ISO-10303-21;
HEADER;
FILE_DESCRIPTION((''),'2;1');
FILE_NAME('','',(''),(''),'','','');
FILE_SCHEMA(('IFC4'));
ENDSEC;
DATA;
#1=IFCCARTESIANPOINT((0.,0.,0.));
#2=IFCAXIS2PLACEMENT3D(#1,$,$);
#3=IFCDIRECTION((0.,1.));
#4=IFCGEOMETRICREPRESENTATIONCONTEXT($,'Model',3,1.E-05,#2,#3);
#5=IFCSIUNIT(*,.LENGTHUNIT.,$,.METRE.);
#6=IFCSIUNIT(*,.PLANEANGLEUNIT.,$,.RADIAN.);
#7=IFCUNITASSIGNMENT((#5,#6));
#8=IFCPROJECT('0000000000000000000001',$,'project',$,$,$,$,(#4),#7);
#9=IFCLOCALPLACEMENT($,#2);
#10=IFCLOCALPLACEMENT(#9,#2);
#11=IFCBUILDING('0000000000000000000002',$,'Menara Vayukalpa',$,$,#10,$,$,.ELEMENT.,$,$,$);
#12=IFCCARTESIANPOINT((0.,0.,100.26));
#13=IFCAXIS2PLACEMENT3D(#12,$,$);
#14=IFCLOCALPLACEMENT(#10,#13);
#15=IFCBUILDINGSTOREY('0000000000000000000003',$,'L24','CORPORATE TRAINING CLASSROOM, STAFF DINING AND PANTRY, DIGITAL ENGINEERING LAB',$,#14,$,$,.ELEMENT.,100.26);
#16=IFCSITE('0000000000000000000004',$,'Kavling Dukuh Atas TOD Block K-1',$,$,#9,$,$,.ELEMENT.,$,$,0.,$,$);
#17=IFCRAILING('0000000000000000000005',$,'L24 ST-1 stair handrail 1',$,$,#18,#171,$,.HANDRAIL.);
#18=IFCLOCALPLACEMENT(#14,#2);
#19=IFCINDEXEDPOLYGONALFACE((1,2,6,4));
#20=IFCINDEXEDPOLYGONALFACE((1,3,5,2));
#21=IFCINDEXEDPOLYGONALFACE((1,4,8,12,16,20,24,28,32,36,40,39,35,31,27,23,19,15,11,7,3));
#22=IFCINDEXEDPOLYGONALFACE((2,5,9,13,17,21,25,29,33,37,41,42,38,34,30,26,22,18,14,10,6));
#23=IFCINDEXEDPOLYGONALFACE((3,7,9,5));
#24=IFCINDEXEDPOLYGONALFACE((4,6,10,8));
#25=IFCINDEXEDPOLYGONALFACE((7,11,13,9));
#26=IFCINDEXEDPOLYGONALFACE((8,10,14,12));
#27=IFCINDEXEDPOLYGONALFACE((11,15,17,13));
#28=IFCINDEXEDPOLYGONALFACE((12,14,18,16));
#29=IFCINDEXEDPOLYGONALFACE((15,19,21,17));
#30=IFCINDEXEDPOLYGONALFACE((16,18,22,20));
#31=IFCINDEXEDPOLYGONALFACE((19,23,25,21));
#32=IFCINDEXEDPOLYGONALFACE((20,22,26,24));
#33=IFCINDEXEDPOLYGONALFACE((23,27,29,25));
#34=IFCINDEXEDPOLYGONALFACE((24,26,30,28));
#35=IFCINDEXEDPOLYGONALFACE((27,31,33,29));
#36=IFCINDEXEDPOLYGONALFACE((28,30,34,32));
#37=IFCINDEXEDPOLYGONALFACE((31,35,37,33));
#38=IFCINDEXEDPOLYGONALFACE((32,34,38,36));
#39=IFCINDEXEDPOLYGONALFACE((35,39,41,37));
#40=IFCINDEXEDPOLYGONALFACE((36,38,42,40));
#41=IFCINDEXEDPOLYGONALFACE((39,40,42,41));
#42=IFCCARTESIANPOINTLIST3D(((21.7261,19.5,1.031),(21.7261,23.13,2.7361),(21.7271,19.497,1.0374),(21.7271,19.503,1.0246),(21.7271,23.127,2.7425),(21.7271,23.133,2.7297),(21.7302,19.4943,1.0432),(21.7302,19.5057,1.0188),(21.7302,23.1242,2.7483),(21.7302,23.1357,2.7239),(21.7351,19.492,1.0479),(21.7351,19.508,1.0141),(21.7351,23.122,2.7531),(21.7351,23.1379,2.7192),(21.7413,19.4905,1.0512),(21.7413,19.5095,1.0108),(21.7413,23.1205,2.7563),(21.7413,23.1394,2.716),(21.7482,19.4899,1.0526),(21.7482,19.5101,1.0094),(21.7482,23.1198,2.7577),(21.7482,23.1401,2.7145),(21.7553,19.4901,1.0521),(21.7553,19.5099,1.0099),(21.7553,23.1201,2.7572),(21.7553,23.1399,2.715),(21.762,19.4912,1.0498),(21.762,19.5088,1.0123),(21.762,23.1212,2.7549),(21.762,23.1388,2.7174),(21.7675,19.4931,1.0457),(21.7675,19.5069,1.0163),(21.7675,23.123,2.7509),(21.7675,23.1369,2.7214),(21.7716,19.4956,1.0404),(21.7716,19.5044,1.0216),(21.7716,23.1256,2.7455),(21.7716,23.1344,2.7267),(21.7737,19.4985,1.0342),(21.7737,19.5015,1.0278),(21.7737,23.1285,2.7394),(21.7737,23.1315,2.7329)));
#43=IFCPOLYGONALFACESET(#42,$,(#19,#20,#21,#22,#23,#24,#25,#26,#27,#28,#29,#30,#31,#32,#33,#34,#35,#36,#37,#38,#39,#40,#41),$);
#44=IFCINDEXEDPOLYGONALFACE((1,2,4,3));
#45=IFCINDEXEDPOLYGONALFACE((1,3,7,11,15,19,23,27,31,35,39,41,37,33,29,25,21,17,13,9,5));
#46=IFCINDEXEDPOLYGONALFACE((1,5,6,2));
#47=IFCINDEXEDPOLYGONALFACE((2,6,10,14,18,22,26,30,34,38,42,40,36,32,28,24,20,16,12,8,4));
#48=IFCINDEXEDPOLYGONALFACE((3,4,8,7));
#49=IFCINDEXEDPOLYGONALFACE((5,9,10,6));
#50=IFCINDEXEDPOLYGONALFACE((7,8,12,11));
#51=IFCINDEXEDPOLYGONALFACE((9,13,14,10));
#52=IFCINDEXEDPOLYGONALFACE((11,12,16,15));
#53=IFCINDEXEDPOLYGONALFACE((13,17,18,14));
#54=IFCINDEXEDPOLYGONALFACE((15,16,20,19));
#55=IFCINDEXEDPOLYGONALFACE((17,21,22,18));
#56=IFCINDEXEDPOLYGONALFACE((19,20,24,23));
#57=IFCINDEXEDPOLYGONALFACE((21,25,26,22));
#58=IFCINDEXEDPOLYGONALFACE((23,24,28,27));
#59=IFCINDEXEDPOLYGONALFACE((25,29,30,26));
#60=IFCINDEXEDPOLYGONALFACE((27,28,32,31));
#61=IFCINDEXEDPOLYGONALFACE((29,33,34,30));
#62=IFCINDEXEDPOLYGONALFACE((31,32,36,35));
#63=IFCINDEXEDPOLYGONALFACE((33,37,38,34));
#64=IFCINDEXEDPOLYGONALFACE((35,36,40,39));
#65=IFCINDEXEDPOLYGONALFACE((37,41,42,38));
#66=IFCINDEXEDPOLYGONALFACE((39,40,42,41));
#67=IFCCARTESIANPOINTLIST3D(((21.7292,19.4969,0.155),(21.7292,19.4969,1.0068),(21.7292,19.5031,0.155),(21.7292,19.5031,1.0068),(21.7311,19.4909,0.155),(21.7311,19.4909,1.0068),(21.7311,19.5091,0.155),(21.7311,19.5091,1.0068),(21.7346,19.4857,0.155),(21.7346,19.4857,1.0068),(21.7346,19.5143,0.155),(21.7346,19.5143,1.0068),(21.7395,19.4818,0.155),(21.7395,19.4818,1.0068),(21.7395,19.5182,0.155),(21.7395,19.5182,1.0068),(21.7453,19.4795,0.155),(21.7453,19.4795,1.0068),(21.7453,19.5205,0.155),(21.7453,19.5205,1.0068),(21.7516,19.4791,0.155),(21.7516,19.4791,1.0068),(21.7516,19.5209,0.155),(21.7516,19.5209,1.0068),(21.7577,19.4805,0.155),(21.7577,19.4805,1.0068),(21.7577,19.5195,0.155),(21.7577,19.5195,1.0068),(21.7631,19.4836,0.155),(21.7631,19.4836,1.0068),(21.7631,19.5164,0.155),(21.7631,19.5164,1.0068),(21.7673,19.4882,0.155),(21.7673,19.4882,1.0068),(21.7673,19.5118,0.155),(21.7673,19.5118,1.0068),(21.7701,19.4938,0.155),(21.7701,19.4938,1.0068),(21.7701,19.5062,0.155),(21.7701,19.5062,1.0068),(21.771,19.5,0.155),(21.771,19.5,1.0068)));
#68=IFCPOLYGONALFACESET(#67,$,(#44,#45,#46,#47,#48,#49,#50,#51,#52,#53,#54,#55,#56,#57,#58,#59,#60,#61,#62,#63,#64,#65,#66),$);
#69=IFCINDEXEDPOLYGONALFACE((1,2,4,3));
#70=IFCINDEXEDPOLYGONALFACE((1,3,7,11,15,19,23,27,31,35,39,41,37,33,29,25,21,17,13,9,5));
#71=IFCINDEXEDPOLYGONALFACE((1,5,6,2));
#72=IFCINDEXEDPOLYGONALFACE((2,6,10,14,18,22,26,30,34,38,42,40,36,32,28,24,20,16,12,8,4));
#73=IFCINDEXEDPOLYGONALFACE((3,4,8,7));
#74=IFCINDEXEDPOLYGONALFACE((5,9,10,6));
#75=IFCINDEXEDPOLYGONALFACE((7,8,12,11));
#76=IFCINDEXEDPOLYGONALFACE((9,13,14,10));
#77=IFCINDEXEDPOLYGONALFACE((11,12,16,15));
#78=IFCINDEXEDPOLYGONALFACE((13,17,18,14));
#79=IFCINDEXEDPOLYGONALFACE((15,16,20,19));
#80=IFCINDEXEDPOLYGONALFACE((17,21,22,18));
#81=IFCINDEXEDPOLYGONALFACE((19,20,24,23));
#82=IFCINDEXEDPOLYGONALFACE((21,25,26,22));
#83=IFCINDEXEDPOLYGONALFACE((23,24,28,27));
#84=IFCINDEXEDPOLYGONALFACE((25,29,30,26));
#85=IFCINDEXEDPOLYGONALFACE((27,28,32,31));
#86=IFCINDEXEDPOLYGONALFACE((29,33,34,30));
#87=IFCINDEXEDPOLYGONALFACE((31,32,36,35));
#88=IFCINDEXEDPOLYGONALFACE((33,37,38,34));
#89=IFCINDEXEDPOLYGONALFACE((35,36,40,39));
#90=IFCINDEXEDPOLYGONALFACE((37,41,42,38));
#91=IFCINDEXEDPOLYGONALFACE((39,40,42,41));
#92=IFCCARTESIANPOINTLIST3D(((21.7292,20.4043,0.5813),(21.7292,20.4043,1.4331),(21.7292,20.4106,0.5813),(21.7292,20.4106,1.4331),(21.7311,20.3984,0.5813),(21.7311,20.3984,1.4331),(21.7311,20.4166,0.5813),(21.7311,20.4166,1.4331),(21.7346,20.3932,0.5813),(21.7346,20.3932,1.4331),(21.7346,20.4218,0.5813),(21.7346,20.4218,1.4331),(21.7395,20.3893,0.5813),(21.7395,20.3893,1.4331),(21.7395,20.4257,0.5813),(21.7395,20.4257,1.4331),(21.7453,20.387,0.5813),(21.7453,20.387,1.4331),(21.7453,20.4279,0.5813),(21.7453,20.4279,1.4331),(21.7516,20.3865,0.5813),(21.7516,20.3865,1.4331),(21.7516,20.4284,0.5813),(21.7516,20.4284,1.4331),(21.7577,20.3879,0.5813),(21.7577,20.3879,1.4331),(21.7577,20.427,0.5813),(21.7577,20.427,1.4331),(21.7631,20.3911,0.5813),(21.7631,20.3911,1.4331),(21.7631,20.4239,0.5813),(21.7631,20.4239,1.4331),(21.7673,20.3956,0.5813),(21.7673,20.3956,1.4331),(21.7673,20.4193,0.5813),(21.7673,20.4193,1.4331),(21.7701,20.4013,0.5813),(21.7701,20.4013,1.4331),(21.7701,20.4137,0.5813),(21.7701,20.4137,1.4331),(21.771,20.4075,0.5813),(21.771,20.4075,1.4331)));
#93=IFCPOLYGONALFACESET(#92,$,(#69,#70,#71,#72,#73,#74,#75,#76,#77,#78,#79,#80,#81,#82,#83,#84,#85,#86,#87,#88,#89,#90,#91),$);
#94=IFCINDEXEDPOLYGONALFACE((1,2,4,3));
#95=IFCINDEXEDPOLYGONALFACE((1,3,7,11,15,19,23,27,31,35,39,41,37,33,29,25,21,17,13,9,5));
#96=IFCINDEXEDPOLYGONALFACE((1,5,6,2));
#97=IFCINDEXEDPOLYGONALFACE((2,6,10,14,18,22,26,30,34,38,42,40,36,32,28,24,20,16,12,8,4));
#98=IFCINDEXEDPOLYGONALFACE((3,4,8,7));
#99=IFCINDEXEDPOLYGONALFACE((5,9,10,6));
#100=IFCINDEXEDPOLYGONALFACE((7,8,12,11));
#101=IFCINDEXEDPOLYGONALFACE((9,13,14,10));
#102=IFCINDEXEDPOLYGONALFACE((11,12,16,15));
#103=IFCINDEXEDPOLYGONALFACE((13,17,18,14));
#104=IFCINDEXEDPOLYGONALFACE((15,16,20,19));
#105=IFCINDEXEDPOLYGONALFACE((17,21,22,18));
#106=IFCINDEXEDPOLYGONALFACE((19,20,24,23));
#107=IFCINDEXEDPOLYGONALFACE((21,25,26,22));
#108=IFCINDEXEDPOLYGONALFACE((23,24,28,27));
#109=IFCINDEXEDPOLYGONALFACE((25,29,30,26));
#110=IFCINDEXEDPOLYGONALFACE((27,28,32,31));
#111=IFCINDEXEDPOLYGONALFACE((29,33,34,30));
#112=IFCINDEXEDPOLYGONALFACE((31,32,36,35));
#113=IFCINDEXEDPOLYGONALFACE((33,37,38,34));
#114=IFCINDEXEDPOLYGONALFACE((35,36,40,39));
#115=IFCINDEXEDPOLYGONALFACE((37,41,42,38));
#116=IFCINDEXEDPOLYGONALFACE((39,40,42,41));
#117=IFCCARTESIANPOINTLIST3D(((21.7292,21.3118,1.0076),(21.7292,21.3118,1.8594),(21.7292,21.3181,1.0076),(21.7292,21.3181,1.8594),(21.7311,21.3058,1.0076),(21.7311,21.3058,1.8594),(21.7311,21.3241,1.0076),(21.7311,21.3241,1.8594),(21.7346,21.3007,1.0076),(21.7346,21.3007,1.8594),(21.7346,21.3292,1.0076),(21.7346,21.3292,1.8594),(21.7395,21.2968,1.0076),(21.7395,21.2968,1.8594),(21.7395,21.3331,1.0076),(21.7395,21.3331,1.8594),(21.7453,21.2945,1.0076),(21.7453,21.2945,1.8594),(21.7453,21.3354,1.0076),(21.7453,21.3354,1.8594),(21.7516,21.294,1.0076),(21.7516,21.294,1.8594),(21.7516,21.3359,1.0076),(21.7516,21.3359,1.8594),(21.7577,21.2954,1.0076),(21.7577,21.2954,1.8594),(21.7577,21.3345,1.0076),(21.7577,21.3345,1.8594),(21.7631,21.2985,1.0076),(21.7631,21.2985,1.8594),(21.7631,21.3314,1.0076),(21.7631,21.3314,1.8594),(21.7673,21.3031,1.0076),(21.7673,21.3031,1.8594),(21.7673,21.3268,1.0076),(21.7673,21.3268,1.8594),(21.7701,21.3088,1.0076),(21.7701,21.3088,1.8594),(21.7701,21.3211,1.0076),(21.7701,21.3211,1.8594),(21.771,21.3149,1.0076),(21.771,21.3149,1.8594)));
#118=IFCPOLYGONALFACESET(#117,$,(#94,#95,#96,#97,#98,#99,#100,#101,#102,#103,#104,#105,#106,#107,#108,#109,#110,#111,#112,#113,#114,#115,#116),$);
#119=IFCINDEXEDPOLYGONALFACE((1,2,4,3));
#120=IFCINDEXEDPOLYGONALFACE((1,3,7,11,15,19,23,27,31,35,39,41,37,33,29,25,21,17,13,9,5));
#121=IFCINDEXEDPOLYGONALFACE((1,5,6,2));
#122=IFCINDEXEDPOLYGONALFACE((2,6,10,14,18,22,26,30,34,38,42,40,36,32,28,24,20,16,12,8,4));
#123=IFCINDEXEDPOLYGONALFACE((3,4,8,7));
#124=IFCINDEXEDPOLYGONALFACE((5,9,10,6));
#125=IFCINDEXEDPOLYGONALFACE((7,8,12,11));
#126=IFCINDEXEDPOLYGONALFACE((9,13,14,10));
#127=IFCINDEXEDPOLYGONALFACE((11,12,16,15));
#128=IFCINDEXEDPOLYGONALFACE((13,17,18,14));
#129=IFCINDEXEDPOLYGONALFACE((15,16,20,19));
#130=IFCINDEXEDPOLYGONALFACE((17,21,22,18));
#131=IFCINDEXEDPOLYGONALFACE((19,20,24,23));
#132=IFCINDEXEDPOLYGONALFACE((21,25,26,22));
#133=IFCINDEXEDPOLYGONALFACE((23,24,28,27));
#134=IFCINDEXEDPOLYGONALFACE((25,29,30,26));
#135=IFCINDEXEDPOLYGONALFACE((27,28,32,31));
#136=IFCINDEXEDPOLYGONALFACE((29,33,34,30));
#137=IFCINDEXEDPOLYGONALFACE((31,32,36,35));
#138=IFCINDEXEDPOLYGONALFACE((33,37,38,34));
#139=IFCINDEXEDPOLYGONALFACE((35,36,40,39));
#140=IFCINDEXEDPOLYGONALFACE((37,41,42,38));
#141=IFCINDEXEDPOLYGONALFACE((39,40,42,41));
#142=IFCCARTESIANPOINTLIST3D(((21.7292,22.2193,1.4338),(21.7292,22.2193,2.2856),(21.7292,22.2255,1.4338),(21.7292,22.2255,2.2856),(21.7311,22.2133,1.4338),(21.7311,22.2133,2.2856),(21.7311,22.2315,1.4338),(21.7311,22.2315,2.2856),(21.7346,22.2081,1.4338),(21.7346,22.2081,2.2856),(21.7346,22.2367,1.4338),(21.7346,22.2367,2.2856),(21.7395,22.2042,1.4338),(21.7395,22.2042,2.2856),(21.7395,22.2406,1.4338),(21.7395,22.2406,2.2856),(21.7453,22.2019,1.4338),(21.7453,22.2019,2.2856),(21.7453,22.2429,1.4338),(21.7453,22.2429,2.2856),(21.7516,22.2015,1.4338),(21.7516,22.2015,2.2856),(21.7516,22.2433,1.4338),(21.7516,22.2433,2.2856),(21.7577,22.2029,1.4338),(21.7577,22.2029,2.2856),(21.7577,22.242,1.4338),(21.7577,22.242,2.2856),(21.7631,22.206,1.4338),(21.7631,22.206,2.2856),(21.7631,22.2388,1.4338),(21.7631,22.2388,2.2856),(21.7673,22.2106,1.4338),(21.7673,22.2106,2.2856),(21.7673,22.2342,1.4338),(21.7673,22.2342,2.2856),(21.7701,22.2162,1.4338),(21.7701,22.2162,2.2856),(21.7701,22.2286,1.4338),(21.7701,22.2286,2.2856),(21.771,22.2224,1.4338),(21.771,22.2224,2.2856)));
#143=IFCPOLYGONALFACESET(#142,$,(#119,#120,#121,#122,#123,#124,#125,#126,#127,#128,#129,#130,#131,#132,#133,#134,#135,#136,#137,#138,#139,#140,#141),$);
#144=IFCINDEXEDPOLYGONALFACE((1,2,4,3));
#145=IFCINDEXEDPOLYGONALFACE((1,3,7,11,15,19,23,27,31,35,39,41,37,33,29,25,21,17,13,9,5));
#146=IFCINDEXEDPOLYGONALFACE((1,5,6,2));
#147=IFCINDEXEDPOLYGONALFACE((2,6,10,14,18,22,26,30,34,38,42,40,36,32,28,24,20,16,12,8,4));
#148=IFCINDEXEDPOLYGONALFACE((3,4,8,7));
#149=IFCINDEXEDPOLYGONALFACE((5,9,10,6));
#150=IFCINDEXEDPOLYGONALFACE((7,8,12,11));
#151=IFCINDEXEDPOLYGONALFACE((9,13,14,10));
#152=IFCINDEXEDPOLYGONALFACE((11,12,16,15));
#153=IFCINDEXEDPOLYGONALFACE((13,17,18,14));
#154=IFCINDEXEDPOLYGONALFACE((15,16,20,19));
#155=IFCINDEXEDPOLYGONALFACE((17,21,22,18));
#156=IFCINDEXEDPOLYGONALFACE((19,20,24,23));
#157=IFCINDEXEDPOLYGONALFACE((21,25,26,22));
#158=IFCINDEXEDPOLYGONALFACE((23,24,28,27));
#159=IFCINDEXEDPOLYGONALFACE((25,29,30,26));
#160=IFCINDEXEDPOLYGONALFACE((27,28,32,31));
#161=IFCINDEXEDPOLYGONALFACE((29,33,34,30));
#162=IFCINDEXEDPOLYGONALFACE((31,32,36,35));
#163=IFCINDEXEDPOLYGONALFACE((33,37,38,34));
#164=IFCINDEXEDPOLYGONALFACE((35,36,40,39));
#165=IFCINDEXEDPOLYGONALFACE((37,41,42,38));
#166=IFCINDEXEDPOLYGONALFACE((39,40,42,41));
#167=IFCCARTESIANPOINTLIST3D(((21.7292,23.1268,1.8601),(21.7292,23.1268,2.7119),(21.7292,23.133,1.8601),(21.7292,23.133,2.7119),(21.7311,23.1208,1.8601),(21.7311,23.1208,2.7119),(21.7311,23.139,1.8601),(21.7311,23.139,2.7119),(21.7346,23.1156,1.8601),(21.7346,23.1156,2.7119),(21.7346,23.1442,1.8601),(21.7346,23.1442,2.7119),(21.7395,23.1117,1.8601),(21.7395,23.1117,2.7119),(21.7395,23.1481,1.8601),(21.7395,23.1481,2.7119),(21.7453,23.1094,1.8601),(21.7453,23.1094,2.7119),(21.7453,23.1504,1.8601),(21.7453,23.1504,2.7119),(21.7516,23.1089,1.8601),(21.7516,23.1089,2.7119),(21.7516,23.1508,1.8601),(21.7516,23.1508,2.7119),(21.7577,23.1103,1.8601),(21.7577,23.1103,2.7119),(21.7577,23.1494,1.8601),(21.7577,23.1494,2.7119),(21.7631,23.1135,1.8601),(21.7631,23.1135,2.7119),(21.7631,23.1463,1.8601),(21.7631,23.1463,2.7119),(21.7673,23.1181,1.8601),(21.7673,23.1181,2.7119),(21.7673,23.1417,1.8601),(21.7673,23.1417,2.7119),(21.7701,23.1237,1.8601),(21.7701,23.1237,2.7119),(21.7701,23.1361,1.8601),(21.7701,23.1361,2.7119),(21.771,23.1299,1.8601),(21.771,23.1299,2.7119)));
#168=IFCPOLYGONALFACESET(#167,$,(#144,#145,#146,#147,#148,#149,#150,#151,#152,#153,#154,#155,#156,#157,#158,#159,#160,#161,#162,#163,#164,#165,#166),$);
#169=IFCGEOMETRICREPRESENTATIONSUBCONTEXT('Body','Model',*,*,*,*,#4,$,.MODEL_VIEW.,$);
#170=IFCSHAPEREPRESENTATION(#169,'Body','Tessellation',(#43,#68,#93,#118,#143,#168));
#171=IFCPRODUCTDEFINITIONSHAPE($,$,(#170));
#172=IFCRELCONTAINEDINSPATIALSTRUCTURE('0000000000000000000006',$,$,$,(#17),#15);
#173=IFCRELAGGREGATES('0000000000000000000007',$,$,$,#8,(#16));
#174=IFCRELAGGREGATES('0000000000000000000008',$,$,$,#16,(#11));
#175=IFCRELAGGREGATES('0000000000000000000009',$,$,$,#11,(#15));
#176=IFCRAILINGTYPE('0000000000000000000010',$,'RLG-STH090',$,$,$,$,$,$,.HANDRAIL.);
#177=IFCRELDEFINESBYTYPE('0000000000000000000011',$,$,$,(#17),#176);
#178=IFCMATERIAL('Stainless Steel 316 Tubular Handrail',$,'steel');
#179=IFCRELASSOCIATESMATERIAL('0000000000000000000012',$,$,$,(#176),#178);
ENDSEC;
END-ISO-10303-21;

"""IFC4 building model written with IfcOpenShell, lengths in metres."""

from ifc_helpers import new_model, si_unit, direction, frame, origin, origin_2d, place, context, subcontext, project, spatial, circle, extrude, material, type_object, element, save


model = new_model("IFC4")

# Units and contexts
model_context = context("Model", 3, precision=1e-05, world=origin(), true_north=direction((0.0, 1.0)))
body_context = subcontext(model_context, "Body", "Model", "MODEL_VIEW")
ifc_project = project(units=[si_unit("LENGTHUNIT", "METRE"), si_unit("PLANEANGLEUNIT", "RADIAN")], contexts=[model_context])

# Site, building, storey
site_placement = place(None, origin())
site = spatial("IfcSite", under=ifc_project, at=site_placement, Name="Kavling Dukuh Atas TOD Block K-1", CompositionType="ELEMENT", RefElevation=0.0)
building_placement = place(site_placement, origin())
building = spatial("IfcBuilding", under=site, at=building_placement, Name="Menara Vayukalpa", CompositionType="ELEMENT")
storey_placement = place(building_placement, frame((0.0, 0.0, 100.26)))
storey = spatial("IfcBuildingStorey", under=building, at=storey_placement, Name="L24", Description="CORPORATE TRAINING CLASSROOM, STAFF DINING AND PANTRY, DIGITAL ENGINEERING LAB", CompositionType="ELEMENT", Elevation=100.26)

# Railing
ifc_material_1 = material(Name="Stainless Steel 316 Tubular Handrail", Category="steel")
railing_type_1 = type_object("IfcRailingType", Name="RLG-STH090", PredefinedType="HANDRAIL", material=ifc_material_1)
railing_1_placement = place(storey_placement, frame((21.75, 19.5, 0.155)))
element("IfcRailing", 1, at=railing_1_placement, inside=storey, type_object=railing_type_1, Name="L24 ST-1 stair handrail 1", PredefinedType="HANDRAIL", context=body_context, shape_type="SweptSolid", body=[
    extrude(circle(Radius=0.0239, at=origin_2d()), frame((0.0, 0.0, 0.876), z_axis=(0.0, 0.905116, 0.425164), x_axis=(-1.0, 0.0, 0.0)), (0.0, 0.0, 1.0), 4.0105),
    extrude(circle(Radius=0.021, at=origin_2d()), origin(), (0.0, 0.0, 1.0), 0.8518),
    extrude(circle(Radius=0.021, at=origin_2d()), frame((0.0, 0.9075, 0.4263)), (0.0, 0.0, 1.0), 0.8518),
    extrude(circle(Radius=0.021, at=origin_2d()), frame((0.0, 1.8149, 0.8525)), (0.0, 0.0, 1.0), 0.8518),
    extrude(circle(Radius=0.021, at=origin_2d()), frame((0.0, 2.7224, 1.2788)), (0.0, 0.0, 1.0), 0.8518),
    extrude(circle(Radius=0.021, at=origin_2d()), frame((0.0, 3.6299, 1.7051)), (0.0, 0.0, 1.0), 0.8518),
])

save(model, "model.ifc")
